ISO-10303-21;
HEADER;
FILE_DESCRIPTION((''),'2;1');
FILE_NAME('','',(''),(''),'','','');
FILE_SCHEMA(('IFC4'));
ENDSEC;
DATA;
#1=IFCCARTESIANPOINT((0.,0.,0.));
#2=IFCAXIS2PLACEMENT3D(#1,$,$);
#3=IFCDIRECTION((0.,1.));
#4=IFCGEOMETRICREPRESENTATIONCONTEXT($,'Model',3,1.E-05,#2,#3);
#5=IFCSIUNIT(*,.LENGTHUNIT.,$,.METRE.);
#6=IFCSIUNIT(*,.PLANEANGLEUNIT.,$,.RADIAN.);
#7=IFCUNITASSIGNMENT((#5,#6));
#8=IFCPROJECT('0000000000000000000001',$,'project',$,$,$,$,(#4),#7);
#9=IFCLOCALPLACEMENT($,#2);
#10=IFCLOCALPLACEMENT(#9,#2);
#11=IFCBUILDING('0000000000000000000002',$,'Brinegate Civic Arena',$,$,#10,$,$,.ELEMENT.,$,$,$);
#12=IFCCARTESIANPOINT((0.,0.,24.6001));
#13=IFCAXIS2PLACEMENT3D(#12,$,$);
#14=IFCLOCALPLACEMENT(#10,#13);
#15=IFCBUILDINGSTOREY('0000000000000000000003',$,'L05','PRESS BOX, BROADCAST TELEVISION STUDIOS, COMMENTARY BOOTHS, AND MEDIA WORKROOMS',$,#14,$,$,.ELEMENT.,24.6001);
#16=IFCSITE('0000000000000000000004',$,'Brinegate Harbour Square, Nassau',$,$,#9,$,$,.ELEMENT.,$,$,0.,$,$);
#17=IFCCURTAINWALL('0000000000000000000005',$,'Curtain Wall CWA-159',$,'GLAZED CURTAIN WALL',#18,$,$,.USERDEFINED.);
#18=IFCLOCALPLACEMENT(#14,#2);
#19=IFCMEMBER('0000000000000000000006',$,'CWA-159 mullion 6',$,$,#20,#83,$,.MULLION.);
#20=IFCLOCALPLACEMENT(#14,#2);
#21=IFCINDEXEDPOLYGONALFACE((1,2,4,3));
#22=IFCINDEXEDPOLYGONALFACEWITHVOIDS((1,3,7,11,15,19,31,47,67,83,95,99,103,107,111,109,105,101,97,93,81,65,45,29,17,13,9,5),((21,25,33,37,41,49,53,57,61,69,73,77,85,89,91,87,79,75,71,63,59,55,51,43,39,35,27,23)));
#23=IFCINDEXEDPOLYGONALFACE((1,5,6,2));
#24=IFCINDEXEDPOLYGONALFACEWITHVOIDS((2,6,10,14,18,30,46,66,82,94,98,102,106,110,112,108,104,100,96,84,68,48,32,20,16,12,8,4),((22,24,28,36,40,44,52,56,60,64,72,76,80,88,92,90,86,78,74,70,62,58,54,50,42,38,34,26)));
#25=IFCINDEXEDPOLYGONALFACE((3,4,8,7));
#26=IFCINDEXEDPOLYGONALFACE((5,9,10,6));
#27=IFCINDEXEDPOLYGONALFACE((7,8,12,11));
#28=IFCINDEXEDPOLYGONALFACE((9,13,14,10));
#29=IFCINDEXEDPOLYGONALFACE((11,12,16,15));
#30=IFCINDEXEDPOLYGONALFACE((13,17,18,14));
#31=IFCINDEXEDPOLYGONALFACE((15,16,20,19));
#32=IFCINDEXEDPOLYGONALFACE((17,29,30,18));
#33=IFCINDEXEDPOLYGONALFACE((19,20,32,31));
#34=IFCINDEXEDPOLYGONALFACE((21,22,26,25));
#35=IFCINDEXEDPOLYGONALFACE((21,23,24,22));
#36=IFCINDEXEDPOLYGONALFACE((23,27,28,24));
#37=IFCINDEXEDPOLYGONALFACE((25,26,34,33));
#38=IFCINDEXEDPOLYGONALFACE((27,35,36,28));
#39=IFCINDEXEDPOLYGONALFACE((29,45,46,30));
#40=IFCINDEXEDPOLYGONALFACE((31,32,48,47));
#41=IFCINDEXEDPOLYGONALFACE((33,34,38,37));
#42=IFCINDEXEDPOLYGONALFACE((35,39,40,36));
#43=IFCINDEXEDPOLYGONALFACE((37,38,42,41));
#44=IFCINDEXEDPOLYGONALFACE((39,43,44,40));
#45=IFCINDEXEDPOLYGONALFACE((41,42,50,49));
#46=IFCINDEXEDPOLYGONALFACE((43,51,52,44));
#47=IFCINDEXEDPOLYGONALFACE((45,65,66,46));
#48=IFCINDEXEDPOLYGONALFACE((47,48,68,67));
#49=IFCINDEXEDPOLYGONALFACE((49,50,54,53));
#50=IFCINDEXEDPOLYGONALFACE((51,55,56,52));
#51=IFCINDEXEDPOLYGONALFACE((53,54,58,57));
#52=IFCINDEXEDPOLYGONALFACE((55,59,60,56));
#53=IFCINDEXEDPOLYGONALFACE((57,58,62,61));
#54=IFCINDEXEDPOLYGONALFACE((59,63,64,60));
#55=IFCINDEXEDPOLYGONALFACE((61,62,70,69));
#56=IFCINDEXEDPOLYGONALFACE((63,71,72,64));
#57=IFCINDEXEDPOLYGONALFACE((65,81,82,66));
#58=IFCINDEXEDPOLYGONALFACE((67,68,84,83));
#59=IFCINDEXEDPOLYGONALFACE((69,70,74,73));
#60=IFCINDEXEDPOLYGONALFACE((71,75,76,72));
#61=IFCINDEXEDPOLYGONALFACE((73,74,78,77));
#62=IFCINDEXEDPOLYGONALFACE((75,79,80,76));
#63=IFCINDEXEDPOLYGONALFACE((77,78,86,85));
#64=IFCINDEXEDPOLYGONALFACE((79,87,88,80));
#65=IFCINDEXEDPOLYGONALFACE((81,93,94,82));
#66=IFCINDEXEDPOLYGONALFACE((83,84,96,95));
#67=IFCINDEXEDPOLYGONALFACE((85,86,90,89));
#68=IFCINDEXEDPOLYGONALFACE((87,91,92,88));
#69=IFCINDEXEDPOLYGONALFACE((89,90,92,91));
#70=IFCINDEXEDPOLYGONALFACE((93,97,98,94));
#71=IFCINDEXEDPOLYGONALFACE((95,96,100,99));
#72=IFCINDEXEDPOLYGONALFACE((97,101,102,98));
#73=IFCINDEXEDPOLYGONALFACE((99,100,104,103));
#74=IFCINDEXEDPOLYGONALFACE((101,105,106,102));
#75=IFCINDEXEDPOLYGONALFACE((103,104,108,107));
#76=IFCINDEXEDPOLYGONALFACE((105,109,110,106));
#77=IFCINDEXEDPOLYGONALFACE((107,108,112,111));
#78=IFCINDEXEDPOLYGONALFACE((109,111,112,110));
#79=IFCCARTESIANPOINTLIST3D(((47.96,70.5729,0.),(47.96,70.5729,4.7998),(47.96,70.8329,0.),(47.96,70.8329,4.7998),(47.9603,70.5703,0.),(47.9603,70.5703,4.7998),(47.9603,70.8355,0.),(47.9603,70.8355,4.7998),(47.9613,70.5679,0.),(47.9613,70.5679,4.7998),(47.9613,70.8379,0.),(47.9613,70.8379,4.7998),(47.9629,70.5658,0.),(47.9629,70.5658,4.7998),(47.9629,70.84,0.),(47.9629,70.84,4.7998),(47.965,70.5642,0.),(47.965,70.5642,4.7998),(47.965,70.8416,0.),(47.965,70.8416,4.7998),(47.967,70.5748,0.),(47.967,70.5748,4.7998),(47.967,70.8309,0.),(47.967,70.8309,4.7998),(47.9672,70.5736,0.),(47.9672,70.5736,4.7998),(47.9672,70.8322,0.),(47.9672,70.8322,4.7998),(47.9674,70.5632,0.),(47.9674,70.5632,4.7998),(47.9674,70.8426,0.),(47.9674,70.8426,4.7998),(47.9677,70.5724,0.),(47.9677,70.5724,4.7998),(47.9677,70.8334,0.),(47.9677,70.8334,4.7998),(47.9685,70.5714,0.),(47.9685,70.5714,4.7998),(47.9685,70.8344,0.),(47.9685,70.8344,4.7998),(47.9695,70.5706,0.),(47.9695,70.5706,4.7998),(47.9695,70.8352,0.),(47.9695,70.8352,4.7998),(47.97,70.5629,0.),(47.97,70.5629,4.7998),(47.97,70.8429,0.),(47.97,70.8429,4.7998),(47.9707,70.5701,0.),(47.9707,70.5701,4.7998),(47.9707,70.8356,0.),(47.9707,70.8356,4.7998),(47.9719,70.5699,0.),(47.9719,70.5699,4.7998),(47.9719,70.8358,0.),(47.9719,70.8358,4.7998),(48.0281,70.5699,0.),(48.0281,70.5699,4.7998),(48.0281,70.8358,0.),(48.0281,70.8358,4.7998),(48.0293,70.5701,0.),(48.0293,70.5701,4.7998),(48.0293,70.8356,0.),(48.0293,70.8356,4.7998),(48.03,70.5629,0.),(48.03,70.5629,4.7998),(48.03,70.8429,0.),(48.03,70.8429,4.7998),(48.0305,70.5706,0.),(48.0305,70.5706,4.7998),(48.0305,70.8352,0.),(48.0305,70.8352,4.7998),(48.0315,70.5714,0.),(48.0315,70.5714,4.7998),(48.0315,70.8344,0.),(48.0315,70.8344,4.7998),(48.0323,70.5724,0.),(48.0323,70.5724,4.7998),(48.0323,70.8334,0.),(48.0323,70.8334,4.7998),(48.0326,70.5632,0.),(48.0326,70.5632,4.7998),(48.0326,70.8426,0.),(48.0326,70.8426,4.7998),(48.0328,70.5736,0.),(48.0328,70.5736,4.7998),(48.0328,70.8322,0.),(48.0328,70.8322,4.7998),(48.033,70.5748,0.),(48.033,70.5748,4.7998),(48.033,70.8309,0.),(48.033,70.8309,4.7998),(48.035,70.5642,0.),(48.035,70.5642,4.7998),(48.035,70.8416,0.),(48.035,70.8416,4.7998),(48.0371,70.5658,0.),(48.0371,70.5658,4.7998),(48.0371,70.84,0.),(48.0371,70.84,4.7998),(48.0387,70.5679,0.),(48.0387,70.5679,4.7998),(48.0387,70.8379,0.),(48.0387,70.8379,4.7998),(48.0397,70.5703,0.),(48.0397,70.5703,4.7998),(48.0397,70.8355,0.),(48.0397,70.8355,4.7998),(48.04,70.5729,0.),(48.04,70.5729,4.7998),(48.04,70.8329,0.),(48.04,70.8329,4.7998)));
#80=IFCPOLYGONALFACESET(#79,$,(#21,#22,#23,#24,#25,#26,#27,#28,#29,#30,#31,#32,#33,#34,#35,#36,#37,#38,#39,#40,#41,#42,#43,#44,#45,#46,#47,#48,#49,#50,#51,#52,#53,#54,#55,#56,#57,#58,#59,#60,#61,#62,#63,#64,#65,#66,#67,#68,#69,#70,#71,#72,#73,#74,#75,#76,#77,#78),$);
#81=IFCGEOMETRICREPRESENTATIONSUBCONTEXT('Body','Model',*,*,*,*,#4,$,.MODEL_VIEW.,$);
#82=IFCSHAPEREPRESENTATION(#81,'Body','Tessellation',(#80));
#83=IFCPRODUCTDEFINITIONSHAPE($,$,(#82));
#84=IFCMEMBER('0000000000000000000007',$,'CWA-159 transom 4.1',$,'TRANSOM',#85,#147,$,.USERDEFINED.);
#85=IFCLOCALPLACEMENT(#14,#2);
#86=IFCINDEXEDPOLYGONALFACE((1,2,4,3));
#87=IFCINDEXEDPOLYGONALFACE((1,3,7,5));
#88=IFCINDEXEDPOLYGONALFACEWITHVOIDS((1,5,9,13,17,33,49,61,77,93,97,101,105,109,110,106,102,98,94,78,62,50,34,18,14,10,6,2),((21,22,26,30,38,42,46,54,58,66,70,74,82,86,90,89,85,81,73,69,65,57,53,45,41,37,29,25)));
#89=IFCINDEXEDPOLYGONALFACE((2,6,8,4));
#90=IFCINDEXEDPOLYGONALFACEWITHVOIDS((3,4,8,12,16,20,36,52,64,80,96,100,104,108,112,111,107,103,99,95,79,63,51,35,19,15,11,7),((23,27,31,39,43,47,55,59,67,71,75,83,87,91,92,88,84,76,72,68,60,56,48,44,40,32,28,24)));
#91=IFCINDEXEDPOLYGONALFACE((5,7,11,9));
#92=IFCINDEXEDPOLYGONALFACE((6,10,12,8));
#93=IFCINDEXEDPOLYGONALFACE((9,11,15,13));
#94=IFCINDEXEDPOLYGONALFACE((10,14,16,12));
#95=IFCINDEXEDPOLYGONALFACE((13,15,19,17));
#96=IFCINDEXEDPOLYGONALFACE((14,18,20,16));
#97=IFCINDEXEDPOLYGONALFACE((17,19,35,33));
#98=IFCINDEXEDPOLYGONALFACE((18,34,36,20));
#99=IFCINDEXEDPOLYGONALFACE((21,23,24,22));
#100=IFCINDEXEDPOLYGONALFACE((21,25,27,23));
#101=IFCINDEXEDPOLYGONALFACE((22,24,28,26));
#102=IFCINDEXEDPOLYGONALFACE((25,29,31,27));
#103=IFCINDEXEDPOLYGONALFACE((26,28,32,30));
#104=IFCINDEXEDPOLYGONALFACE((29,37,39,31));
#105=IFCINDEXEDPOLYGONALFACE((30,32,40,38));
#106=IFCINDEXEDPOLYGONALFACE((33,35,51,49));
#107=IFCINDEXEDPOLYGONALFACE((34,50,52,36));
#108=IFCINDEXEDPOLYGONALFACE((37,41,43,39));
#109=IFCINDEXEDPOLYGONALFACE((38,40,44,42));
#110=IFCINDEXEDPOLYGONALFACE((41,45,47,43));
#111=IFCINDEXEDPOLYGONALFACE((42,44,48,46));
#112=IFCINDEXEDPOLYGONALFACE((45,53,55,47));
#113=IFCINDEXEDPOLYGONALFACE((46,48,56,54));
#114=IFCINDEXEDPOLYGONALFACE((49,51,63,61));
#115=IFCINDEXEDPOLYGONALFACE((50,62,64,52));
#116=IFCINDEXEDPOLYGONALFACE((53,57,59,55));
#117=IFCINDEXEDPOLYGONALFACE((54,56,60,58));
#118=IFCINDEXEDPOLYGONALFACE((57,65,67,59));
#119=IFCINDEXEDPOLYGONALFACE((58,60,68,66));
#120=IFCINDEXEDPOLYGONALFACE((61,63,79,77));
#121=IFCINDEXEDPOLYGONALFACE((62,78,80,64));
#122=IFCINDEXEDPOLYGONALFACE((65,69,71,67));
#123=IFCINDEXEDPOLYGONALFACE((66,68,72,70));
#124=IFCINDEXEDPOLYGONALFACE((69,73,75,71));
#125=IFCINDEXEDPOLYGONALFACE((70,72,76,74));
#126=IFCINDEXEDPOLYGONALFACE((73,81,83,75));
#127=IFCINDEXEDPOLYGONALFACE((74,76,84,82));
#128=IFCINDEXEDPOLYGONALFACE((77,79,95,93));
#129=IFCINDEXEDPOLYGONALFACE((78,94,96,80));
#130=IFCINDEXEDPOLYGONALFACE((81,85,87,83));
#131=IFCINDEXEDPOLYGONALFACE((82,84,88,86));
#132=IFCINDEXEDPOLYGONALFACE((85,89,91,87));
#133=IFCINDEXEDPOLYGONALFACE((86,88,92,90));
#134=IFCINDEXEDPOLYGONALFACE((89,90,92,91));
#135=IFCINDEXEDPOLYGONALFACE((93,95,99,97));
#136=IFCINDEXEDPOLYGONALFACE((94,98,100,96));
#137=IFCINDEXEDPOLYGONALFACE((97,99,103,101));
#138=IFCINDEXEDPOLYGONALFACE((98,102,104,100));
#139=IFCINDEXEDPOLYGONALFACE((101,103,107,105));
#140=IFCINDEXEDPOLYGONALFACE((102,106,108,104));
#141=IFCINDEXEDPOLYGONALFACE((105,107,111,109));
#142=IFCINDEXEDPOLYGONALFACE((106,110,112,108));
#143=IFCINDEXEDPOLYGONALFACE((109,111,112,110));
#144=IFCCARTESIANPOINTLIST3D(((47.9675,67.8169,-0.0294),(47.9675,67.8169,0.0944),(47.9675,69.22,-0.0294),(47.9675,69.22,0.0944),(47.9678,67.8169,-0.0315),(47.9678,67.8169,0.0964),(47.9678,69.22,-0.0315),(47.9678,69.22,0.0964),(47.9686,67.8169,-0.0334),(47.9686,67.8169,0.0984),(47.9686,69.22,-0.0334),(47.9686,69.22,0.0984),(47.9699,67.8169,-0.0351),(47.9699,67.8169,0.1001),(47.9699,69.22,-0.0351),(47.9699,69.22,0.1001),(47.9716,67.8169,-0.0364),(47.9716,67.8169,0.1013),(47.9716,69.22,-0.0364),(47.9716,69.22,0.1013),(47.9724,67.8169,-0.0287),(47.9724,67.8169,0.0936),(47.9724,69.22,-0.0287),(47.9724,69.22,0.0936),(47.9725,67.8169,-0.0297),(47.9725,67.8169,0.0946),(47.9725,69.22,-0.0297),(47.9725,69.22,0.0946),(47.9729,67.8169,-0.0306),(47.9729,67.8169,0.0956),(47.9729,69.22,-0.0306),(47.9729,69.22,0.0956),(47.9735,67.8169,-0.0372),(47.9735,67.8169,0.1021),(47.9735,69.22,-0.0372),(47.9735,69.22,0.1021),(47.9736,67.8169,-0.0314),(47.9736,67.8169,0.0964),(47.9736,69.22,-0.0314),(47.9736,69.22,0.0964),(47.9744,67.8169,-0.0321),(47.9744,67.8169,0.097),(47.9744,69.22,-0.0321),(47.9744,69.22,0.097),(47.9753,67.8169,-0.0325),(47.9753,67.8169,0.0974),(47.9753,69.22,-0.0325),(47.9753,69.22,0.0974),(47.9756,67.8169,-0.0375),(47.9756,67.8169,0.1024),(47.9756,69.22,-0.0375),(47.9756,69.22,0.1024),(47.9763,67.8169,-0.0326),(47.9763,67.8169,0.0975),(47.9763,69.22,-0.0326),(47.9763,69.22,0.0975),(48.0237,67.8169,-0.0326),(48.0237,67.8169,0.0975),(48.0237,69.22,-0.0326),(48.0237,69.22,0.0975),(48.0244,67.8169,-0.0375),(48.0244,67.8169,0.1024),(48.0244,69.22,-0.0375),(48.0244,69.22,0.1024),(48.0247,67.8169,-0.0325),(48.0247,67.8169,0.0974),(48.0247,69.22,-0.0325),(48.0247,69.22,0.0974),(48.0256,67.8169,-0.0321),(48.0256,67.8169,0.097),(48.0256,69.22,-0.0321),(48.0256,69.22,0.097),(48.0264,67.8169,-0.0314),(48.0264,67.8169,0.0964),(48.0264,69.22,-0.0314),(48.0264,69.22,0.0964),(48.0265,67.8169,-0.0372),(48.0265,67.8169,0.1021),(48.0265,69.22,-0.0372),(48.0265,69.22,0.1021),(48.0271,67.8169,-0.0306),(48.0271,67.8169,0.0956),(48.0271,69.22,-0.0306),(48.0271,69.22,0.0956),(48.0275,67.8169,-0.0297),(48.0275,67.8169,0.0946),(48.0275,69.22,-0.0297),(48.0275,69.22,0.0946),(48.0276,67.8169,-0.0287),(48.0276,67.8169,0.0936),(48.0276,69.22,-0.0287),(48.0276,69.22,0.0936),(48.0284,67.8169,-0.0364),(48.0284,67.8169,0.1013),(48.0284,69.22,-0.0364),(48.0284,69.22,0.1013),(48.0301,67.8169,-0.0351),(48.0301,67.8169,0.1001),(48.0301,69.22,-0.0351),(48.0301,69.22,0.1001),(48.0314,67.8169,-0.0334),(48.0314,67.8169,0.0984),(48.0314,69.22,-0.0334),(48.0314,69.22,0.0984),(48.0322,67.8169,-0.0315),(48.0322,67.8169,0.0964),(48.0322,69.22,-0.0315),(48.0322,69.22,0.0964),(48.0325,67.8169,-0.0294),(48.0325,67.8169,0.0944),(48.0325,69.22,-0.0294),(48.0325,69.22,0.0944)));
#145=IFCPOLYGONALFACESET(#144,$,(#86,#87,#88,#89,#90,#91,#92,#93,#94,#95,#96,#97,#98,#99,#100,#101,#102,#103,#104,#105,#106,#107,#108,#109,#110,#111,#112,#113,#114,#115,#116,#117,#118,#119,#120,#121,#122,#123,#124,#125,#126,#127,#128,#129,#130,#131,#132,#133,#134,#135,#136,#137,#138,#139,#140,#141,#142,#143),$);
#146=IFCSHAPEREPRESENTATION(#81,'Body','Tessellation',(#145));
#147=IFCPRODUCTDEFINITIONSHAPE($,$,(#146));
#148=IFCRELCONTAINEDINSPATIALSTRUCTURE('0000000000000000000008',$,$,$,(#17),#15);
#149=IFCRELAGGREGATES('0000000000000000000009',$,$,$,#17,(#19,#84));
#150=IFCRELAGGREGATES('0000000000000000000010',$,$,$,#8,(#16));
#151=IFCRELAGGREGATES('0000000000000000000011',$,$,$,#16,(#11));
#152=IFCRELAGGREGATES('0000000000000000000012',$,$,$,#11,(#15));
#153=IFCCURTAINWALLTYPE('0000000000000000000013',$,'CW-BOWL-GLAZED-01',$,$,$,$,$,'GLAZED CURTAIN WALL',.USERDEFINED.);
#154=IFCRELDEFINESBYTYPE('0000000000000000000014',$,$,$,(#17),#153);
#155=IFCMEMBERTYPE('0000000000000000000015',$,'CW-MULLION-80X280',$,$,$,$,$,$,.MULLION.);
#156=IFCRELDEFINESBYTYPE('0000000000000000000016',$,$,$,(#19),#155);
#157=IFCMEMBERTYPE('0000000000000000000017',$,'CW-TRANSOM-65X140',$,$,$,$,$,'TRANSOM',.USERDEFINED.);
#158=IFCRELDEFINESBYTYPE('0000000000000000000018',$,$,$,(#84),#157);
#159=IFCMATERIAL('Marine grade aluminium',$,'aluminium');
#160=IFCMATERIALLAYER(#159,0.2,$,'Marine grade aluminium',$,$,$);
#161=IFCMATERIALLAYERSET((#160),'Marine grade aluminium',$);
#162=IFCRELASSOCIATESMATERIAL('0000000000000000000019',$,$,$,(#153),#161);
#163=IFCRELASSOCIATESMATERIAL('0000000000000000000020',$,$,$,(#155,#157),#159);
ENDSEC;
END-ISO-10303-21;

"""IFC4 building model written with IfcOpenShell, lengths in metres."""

from ifc_helpers import new_model, si_unit, direction, frame, origin, origin_2d, place, context, subcontext, project, spatial, hollow_rectangle, extrude, material, layer, layer_set, material_profile, profile_set, type_object, element, aggregate, save


model = new_model("IFC4")

# Units and contexts
model_context = context("Model", 3, precision=1e-05, world=origin(), true_north=direction((0.0, 1.0)))
body_context = subcontext(model_context, "Body", "Model", "MODEL_VIEW")
ifc_project = project(units=[si_unit("LENGTHUNIT", "METRE"), si_unit("PLANEANGLEUNIT", "RADIAN")], contexts=[model_context])

# Site, building, storey
site_placement = place(None, origin())
site = spatial("IfcSite", under=ifc_project, at=site_placement, Name="Brinegate Harbour Square, Nassau", CompositionType="ELEMENT", RefElevation=0.0)
building_placement = place(site_placement, origin())
building = spatial("IfcBuilding", under=site, at=building_placement, Name="Brinegate Civic Arena", CompositionType="ELEMENT")
storey_placement = place(building_placement, frame((0.0, 0.0, 24.6001)))
storey = spatial("IfcBuildingStorey", under=building, at=storey_placement, Name="L05", Description="PRESS BOX, BROADCAST TELEVISION STUDIOS, COMMENTARY BOOTHS, AND MEDIA WORKROOMS", CompositionType="ELEMENT", Elevation=24.6001)

# Curtain wall, members
ifc_material_1 = material(Name="Marine grade aluminium", Category="aluminium")
ifc_layer_1 = layer(ifc_material_1, 0.2, Name="Marine grade aluminium")
ifc_layer_set_1 = layer_set([ifc_layer_1], Name="Marine grade aluminium")
curtain_wall_type = type_object("IfcCurtainWallType", Name="CW-BOWL-GLAZED-01", ElementType="GLAZED CURTAIN WALL", PredefinedType="USERDEFINED", material=ifc_layer_set_1)
curtain_wall_1_placement = place(storey_placement, origin())
curtain_wall_1 = element("IfcCurtainWall", 1, at=curtain_wall_1_placement, inside=storey, type_object=curtain_wall_type, Name="Curtain Wall CWA-159", ObjectType="GLAZED CURTAIN WALL", PredefinedType="USERDEFINED")
ifc_material_profile_1 = material_profile(ifc_material_1, hollow_rectangle(XDim=0.0801, YDim=0.28, WallThickness=0.0071, InnerFilletRadius=0.0049, OuterFilletRadius=0.01, at=origin_2d()), Name="MUL80X280")
ifc_profile_set_1 = profile_set([ifc_material_profile_1], Name="Marine grade aluminium")
member_type_1 = type_object("IfcMemberType", Name="CW-MULLION-80X280", PredefinedType="MULLION", material=ifc_profile_set_1)
member_1_placement = place(storey_placement, frame((48.0, 70.7029, 0.0), z_axis=(0.0, 0.0, 1.0), x_axis=(-1.0, 0.0, 0.0)))
member_1 = element("IfcMember", 2, at=member_1_placement, type_object=member_type_1, Name="CWA-159 mullion 6", PredefinedType="MULLION", context=body_context, shape_type="SweptSolid", body=[
    extrude(hollow_rectangle(XDim=0.0801, YDim=0.28, WallThickness=0.0071, InnerFilletRadius=0.0049, OuterFilletRadius=0.01, at=origin_2d()), origin(), (0.0, 0.0, 1.0), 4.7998),
])
ifc_material_profile_2 = material_profile(ifc_material_1, hollow_rectangle(XDim=0.0649, YDim=0.1399, WallThickness=0.0049, InnerFilletRadius=0.0039, OuterFilletRadius=0.0081, at=origin_2d()), Name="TRN65X140")
ifc_profile_set_2 = profile_set([ifc_material_profile_2], Name="Marine grade aluminium")
member_type_2 = type_object("IfcMemberType", Name="CW-TRANSOM-65X140", ElementType="TRANSOM", PredefinedType="USERDEFINED", material=ifc_profile_set_2)
member_2_placement = place(storey_placement, frame((48.0, 67.8169, 0.0325), z_axis=(0.0, 1.0, 0.0), x_axis=(-1.0, 0.0, 0.0)))
member_2 = element("IfcMember", 3, at=member_2_placement, type_object=member_type_2, Name="CWA-159 transom 4.1", ObjectType="TRANSOM", PredefinedType="USERDEFINED", context=body_context, shape_type="SweptSolid", body=[
    extrude(hollow_rectangle(XDim=0.0649, YDim=0.1399, WallThickness=0.0049, InnerFilletRadius=0.0039, OuterFilletRadius=0.0081, at=origin_2d()), origin(), (0.0, 0.0, 1.0), 1.4031),
])

aggregate(curtain_wall_1, [member_1, member_2])

save(model, "model.ifc")
